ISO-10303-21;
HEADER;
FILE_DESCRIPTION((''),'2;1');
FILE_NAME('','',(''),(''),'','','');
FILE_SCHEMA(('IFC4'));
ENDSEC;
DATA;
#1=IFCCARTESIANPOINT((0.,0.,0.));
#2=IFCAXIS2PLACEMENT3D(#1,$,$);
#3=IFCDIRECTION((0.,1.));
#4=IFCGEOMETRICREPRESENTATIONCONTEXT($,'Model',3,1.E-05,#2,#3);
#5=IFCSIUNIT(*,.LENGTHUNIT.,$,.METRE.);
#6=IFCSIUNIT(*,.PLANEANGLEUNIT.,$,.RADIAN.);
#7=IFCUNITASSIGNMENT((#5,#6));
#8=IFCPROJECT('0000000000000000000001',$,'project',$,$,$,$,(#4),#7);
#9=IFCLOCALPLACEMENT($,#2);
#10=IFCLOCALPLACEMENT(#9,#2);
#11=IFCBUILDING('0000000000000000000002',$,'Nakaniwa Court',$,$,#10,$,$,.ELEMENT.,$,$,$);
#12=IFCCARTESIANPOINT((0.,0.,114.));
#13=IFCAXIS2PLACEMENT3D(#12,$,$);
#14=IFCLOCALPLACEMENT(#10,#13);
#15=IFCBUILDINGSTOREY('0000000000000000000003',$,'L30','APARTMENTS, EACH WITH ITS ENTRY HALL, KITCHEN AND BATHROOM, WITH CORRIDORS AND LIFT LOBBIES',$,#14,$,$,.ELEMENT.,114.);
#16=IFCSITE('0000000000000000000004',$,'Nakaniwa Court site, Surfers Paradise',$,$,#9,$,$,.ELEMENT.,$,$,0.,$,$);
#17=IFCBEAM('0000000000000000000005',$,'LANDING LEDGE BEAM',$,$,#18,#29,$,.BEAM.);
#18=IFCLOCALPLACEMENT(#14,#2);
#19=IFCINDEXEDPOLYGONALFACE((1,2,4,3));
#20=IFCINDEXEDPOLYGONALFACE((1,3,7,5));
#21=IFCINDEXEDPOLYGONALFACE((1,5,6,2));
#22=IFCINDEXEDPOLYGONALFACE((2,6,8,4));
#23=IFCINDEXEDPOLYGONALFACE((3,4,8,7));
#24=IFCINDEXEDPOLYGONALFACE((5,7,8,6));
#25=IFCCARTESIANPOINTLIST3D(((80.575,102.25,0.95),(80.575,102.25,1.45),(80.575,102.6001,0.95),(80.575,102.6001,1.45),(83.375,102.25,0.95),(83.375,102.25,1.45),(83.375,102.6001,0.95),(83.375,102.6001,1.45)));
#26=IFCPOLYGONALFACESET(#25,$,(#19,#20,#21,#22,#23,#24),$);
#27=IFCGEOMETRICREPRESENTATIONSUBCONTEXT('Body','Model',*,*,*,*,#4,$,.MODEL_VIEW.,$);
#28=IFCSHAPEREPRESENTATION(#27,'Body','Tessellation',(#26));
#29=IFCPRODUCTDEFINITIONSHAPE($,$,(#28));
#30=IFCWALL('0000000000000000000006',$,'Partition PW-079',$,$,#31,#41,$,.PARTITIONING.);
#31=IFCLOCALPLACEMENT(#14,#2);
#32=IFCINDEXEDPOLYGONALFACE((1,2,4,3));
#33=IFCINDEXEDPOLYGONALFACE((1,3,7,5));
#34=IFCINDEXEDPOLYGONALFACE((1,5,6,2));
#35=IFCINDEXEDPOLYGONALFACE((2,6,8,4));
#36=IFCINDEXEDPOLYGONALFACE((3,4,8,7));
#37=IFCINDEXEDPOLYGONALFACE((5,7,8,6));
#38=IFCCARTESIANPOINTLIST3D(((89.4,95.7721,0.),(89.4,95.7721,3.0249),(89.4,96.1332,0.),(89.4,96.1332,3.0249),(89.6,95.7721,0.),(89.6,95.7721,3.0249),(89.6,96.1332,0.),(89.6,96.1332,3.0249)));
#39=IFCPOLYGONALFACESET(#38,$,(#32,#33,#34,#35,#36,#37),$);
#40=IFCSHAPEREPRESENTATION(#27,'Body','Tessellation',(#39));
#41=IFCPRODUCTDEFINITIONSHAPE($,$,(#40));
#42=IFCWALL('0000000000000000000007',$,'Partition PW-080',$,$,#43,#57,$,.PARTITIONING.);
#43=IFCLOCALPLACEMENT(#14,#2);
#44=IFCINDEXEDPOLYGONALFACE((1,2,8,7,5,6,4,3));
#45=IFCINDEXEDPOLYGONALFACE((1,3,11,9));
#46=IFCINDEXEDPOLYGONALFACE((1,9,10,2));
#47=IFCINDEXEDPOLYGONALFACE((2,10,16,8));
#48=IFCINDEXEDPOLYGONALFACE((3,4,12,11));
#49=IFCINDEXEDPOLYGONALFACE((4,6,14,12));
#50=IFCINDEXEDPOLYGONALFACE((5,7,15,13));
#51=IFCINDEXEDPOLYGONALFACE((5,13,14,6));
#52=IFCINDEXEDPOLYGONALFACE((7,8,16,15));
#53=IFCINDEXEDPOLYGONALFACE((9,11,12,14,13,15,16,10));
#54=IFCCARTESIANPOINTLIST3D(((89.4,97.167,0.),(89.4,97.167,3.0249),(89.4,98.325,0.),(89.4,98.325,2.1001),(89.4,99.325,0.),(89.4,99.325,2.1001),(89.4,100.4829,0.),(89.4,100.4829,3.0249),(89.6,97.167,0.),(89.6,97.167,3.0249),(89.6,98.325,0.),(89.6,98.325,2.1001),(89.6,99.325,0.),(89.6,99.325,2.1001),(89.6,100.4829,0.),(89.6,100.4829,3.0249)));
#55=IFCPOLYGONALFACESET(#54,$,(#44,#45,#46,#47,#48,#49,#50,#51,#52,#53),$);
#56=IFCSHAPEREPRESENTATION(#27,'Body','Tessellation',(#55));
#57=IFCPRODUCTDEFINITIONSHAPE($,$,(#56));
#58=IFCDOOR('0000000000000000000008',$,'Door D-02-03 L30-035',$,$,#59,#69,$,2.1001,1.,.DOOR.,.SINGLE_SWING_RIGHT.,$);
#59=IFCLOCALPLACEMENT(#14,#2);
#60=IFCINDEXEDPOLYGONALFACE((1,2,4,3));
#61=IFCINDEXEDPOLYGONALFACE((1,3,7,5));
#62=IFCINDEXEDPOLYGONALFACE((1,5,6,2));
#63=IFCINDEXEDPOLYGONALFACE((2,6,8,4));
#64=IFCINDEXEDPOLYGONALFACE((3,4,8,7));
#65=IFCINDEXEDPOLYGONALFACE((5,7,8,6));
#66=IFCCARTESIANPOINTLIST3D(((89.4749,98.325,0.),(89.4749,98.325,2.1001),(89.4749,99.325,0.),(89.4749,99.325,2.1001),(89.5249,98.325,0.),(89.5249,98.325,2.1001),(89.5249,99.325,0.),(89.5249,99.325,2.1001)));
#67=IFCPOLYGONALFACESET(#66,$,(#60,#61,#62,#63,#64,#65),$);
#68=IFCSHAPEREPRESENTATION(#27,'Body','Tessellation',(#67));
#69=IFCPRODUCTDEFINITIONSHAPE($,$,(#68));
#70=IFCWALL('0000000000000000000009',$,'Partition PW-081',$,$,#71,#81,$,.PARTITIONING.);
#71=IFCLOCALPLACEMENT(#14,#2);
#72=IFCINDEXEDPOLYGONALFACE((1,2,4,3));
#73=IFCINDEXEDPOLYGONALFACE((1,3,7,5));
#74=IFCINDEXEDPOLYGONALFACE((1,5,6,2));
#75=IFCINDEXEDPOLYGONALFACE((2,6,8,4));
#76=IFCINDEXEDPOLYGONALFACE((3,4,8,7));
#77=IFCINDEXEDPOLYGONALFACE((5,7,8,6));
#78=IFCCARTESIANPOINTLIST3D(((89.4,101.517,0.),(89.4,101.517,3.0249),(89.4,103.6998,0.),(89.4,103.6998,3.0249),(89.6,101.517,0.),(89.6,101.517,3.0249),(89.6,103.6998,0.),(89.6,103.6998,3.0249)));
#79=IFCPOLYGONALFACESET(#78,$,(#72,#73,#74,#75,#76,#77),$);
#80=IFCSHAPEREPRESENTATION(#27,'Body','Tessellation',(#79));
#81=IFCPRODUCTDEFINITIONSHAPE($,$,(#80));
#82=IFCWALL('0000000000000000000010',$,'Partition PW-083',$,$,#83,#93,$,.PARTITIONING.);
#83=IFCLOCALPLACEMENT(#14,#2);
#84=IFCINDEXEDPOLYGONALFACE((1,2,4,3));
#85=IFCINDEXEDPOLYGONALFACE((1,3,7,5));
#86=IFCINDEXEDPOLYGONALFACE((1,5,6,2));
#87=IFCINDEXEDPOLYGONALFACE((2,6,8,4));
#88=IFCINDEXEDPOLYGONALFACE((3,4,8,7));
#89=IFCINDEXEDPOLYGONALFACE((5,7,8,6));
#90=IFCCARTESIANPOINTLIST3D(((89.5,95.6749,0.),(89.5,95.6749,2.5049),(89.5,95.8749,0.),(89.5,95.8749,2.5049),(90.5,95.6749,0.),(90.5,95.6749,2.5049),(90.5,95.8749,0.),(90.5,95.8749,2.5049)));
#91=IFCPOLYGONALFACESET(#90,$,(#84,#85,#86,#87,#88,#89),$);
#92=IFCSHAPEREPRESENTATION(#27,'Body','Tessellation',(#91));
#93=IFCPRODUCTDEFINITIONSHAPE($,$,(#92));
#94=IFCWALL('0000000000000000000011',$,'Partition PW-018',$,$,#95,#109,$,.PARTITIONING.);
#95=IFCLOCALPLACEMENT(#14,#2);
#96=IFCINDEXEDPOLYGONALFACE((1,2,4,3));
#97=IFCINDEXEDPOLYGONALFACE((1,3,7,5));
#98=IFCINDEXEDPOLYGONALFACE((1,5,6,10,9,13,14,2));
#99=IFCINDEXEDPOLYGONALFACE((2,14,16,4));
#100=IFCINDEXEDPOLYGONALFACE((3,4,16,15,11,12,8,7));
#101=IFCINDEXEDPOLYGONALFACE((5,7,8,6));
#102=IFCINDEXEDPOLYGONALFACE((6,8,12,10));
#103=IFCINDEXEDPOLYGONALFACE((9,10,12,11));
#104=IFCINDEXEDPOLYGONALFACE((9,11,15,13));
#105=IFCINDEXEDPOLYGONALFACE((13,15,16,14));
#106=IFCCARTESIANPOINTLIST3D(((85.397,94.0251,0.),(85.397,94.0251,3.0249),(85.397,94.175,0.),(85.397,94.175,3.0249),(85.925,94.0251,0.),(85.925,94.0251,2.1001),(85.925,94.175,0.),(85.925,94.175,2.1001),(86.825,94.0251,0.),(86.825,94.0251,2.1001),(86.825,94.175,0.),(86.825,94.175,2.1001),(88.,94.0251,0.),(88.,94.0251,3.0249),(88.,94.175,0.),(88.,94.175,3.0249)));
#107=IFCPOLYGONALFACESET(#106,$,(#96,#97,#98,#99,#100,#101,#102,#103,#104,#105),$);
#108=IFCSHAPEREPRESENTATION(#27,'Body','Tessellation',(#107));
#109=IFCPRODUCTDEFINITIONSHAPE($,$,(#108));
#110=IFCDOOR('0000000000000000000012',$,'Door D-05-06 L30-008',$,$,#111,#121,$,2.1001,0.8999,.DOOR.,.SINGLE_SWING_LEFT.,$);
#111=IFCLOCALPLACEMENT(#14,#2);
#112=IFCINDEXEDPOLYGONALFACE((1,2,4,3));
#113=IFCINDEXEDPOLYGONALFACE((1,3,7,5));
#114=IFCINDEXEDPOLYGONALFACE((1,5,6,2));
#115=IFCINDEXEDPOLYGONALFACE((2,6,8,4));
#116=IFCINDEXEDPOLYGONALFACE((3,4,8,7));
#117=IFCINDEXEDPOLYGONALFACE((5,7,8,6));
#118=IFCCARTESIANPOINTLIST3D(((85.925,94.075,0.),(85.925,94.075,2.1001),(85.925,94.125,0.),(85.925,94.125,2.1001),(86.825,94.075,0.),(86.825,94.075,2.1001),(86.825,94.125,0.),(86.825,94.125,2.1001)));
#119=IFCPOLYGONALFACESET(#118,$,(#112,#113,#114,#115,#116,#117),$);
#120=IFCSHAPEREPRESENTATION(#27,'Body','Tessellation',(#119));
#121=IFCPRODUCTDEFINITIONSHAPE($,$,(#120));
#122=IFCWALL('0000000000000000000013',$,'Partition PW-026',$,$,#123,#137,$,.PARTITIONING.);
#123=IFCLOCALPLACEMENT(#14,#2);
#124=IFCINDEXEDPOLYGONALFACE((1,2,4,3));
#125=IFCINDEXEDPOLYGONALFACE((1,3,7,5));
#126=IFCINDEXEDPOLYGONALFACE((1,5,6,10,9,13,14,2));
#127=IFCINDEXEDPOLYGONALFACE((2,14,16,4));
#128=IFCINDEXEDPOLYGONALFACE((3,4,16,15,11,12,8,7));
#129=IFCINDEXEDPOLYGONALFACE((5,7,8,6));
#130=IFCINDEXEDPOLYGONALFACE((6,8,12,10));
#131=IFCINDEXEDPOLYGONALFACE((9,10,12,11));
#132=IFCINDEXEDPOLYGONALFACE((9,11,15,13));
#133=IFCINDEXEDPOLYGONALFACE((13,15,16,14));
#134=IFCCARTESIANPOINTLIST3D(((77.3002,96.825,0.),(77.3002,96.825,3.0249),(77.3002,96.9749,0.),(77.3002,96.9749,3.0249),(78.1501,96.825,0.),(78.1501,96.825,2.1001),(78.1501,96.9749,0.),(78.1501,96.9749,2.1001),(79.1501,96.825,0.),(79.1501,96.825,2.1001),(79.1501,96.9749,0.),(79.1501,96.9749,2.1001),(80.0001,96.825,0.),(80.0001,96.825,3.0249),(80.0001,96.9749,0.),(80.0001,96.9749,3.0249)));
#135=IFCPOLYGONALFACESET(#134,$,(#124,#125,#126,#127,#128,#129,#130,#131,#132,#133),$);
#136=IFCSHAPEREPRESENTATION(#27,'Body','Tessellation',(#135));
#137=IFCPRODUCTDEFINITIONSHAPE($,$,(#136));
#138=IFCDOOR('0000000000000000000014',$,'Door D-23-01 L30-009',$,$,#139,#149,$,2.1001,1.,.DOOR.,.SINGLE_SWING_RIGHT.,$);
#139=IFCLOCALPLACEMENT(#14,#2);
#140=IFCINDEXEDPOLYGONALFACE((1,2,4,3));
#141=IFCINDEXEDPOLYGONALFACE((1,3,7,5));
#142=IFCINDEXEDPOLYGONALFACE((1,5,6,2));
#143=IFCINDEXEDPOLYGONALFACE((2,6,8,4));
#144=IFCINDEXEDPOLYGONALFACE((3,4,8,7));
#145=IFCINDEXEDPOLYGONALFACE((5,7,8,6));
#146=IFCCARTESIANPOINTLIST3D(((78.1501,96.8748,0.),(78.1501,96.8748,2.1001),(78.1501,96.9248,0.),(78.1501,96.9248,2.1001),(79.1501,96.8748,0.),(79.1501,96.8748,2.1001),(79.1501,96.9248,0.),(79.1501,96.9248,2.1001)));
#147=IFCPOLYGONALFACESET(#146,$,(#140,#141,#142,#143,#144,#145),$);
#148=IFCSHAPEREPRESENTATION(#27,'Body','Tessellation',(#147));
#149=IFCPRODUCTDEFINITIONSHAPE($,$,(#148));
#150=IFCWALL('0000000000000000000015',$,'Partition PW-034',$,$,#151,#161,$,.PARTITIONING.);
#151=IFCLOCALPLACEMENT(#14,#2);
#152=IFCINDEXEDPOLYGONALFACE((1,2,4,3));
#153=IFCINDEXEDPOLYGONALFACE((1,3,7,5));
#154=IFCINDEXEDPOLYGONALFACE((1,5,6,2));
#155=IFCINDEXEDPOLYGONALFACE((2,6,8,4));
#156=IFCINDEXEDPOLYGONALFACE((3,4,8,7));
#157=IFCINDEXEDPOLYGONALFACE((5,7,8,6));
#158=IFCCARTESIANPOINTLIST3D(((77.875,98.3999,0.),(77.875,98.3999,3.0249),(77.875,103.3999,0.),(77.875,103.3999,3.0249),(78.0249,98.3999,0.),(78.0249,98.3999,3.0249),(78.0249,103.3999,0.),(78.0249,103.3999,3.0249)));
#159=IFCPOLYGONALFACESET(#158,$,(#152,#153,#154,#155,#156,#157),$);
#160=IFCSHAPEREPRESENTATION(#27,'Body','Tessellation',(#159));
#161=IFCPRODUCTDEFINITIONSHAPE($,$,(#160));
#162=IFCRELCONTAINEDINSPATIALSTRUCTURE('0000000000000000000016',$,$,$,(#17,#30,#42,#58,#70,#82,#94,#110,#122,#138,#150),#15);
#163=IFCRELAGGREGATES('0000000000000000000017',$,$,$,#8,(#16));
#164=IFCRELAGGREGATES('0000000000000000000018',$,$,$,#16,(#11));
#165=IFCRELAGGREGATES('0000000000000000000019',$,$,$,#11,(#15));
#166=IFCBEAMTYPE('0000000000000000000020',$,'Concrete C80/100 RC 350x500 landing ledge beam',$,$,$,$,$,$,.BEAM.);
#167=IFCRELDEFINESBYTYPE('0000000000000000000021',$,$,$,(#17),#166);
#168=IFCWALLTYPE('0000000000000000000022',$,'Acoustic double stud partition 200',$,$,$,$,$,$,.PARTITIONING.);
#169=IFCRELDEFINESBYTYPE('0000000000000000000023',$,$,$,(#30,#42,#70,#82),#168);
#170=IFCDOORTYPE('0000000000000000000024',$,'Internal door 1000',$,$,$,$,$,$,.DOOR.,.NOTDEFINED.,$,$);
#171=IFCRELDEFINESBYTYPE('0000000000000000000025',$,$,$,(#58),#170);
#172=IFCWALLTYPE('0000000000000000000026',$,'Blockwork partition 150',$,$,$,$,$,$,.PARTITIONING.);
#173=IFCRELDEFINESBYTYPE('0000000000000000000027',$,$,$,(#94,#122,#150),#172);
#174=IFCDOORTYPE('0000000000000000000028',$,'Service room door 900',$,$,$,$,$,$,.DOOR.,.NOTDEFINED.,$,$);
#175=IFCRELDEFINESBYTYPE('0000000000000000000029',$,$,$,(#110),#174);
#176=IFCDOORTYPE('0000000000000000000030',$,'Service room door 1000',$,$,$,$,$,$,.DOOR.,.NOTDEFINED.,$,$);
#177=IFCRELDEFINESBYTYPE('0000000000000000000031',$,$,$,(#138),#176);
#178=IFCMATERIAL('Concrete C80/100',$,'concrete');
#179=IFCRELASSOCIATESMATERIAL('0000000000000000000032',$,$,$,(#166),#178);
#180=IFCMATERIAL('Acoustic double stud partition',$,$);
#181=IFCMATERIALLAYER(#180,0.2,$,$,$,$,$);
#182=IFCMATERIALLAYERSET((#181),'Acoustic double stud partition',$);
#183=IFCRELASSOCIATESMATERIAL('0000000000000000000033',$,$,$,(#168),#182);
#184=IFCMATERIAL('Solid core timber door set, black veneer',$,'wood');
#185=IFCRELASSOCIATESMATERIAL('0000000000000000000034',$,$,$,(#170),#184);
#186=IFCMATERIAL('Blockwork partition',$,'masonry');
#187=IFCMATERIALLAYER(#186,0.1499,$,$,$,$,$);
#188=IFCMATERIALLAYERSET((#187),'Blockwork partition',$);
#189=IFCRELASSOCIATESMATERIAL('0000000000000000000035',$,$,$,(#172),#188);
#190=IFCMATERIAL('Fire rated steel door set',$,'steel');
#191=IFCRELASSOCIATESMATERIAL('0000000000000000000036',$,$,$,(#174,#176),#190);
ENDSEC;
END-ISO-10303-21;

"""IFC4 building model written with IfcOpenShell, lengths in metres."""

from ifc_helpers import new_model, si_unit, direction, frame, frame_2d, origin, origin_2d, place, context, subcontext, project, spatial, rectangle, extrude, material, layer, layer_set, material_profile, profile_set, type_object, element, fill, save


model = new_model("IFC4")

# Units and contexts
model_context = context("Model", 3, precision=1e-05, world=origin(), true_north=direction((0.0, 1.0)))
body_context = subcontext(model_context, "Body", "Model", "MODEL_VIEW")
ifc_project = project(units=[si_unit("LENGTHUNIT", "METRE"), si_unit("PLANEANGLEUNIT", "RADIAN")], contexts=[model_context])

# Site, building, storey
site_placement = place(None, origin())
site = spatial("IfcSite", under=ifc_project, at=site_placement, Name="Nakaniwa Court site, Surfers Paradise", CompositionType="ELEMENT", RefElevation=0.0)
building_placement = place(site_placement, origin())
building = spatial("IfcBuilding", under=site, at=building_placement, Name="Nakaniwa Court", CompositionType="ELEMENT")
storey_placement = place(building_placement, frame((0.0, 0.0, 114.0)))
storey = spatial("IfcBuildingStorey", under=building, at=storey_placement, Name="L30", Description="APARTMENTS, EACH WITH ITS ENTRY HALL, KITCHEN AND BATHROOM, WITH CORRIDORS AND LIFT LOBBIES", CompositionType="ELEMENT", Elevation=114.0)

# Beam
ifc_material_1 = material(Name="Concrete C80/100", Category="concrete")
ifc_material_profile = material_profile(ifc_material_1, rectangle(XDim=0.3501, YDim=0.5, at=origin_2d()), Name="Concrete C80/100 RC 350x500 landing ledge beam")
ifc_profile_set = profile_set([ifc_material_profile], Name="Concrete C80/100")
beam_type = type_object("IfcBeamType", Name="Concrete C80/100 RC 350x500 landing ledge beam", PredefinedType="BEAM", material=ifc_profile_set)
beam_placement = place(storey_placement, frame((80.575, 102.425, 1.2), z_axis=(1.0, 0.0, 0.0), x_axis=(0.0, 1.0, 0.0)))
element("IfcBeam", 1, at=beam_placement, inside=storey, type_object=beam_type, Name="LANDING LEDGE BEAM", PredefinedType="BEAM", context=body_context, shape_type="SweptSolid", body=[
    extrude(rectangle(XDim=0.3501, YDim=0.5, at=origin_2d()), origin(), (0.0, 0.0, 1.0), 2.8),
])

# Wall
ifc_material_2 = material(Name="Acoustic double stud partition")
ifc_layer_1 = layer(ifc_material_2, 0.2)
ifc_layer_set_1 = layer_set([ifc_layer_1], Name="Acoustic double stud partition")
wall_type_1 = type_object("IfcWallType", Name="Acoustic double stud partition 200", PredefinedType="PARTITIONING", material=ifc_layer_set_1)
wall_1_placement = place(storey_placement, frame((89.5, 95.772, 0.0), z_axis=(0.0, 0.0, 1.0), x_axis=(0.0, 1.0, 0.0)))
element("IfcWall", 2, at=wall_1_placement, inside=storey, type_object=wall_type_1, Name="Partition PW-079", PredefinedType="PARTITIONING", context=body_context, shape_type="SweptSolid", body=[
    extrude(rectangle(XDim=0.3611, YDim=0.2, at=frame_2d((0.1807, 0.0))), origin(), (0.0, 0.0, 1.0), 3.0249),
])

# Wall, opening, door
wall_2_placement = place(storey_placement, frame((89.5, 100.4829, 0.0), z_axis=(0.0, 0.0, 1.0), x_axis=(0.0, -1.0, 0.0)))
wall_2 = element("IfcWall", 3, at=wall_2_placement, inside=storey, type_object=wall_type_1, Name="Partition PW-080", PredefinedType="PARTITIONING", context=body_context, shape_type="SweptSolid", body=[
    extrude(rectangle(XDim=3.3159, YDim=0.2, at=frame_2d((1.658, 0.0))), origin(), (0.0, 0.0, 1.0), 3.0249),
])
opening_1_placement = place(wall_2_placement, frame((1.158, 0.0, 0.0)))
opening_1 = element("IfcOpeningElement", 4, at=opening_1_placement, cuts=wall_2, PredefinedType="OPENING", context=body_context, shape_type="SweptSolid", body=[
    extrude(rectangle(XDim=1.0, YDim=2.1001, at=frame_2d((0.5, 1.05))), frame((0.0, 0.1099, 0.0), z_axis=(0.0, -1.0, 0.0), x_axis=(1.0, 0.0, 0.0)), (0.0, 0.0, 1.0), 0.22),
])
ifc_material_3 = material(Name="Solid core timber door set, black veneer", Category="wood")
door_type_1 = type_object("IfcDoorType", Name="Internal door 1000", OperationType="NOTDEFINED", PredefinedType="DOOR", material=ifc_material_3)
door_1_placement = place(opening_1_placement, origin())
door_1 = element("IfcDoor", 5, at=door_1_placement, inside=storey, type_object=door_type_1, Name="Door D-02-03 L30-035", OperationType="SINGLE_SWING_RIGHT", OverallHeight=2.1001, OverallWidth=1.0, PredefinedType="DOOR", context=body_context, shape_type="SweptSolid", body=[
    extrude(rectangle(XDim=1.0, YDim=2.1001, at=frame_2d((0.5, 1.05))), frame((0.0, 0.0249, 0.0), z_axis=(0.0, -1.0, 0.0), x_axis=(1.0, 0.0, 0.0)), (0.0, 0.0, 1.0), 0.05),
])
fill(opening_1, door_1)

# Walls
wall_3_placement = place(storey_placement, frame((89.5, 101.5171, 0.0), z_axis=(0.0, 0.0, 1.0), x_axis=(0.0, 1.0, 0.0)))
element("IfcWall", 6, at=wall_3_placement, inside=storey, type_object=wall_type_1, Name="Partition PW-081", PredefinedType="PARTITIONING", context=body_context, shape_type="SweptSolid", body=[
    extrude(rectangle(XDim=2.1829, YDim=0.2, at=frame_2d((1.0913, 0.0))), origin(), (0.0, 0.0, 1.0), 3.0249),
])
wall_4_placement = place(storey_placement, frame((89.5, 95.7749, 0.0), z_axis=(0.0, 0.0, 1.0), x_axis=(1.0, 0.0, 0.0)))
element("IfcWall", 7, at=wall_4_placement, inside=storey, type_object=wall_type_1, Name="Partition PW-083", PredefinedType="PARTITIONING", context=body_context, shape_type="SweptSolid", body=[
    extrude(rectangle(XDim=1.0, YDim=0.2, at=frame_2d((0.5, 0.0))), origin(), (0.0, 0.0, 1.0), 2.5049),
])

# Walls, openings, doors
ifc_material_4 = material(Name="Blockwork partition", Category="masonry")
ifc_layer_2 = layer(ifc_material_4, 0.1499)
ifc_layer_set_2 = layer_set([ifc_layer_2], Name="Blockwork partition")
wall_type_2 = type_object("IfcWallType", Name="Blockwork partition 150", PredefinedType="PARTITIONING", material=ifc_layer_set_2)
wall_5_placement = place(storey_placement, frame((85.397, 94.1001, 0.0), z_axis=(0.0, 0.0, 1.0), x_axis=(1.0, 0.0, 0.0)))
wall_5 = element("IfcWall", 8, at=wall_5_placement, inside=storey, type_object=wall_type_2, Name="Partition PW-018", PredefinedType="PARTITIONING", context=body_context, shape_type="SweptSolid", body=[
    extrude(rectangle(XDim=2.603, YDim=0.1499, at=frame_2d((1.3015, 0.0))), origin(), (0.0, 0.0, 1.0), 3.0249),
])
opening_2_placement = place(wall_5_placement, frame((0.5281, 0.0, 0.0)))
opening_2 = element("IfcOpeningElement", 9, at=opening_2_placement, cuts=wall_5, PredefinedType="OPENING", context=body_context, shape_type="SweptSolid", body=[
    extrude(rectangle(XDim=0.8999, YDim=2.1001, at=frame_2d((0.45, 1.05))), frame((0.0, 0.085, 0.0), z_axis=(0.0, -1.0, 0.0), x_axis=(1.0, 0.0, 0.0)), (0.0, 0.0, 1.0), 0.1699),
])
ifc_material_5 = material(Name="Fire rated steel door set", Category="steel")
door_type_2 = type_object("IfcDoorType", Name="Service room door 900", OperationType="NOTDEFINED", PredefinedType="DOOR", material=ifc_material_5)
door_2_placement = place(opening_2_placement, origin())
door_2 = element("IfcDoor", 10, at=door_2_placement, inside=storey, type_object=door_type_2, Name="Door D-05-06 L30-008", OperationType="SINGLE_SWING_LEFT", OverallHeight=2.1001, OverallWidth=0.8999, PredefinedType="DOOR", context=body_context, shape_type="SweptSolid", body=[
    extrude(rectangle(XDim=0.8999, YDim=2.1001, at=frame_2d((0.45, 1.05))), frame((0.0, 0.0249, 0.0), z_axis=(0.0, -1.0, 0.0), x_axis=(1.0, 0.0, 0.0)), (0.0, 0.0, 1.0), 0.05),
])
fill(opening_2, door_2)
wall_6_placement = place(storey_placement, frame((77.3, 96.8999, 0.0), z_axis=(0.0, 0.0, 1.0), x_axis=(1.0, 0.0, 0.0)))
wall_6 = element("IfcWall", 11, at=wall_6_placement, inside=storey, type_object=wall_type_2, Name="Partition PW-026", PredefinedType="PARTITIONING", context=body_context, shape_type="SweptSolid", body=[
    extrude(rectangle(XDim=2.7, YDim=0.1499, at=frame_2d((1.3501, 0.0))), origin(), (0.0, 0.0, 1.0), 3.0249),
])
opening_3_placement = place(wall_6_placement, frame((0.8501, 0.0, 0.0)))
opening_3 = element("IfcOpeningElement", 12, at=opening_3_placement, cuts=wall_6, PredefinedType="OPENING", context=body_context, shape_type="SweptSolid", body=[
    extrude(rectangle(XDim=1.0, YDim=2.1001, at=frame_2d((0.5, 1.05))), frame((0.0, 0.085, 0.0), z_axis=(0.0, -1.0, 0.0), x_axis=(1.0, 0.0, 0.0)), (0.0, 0.0, 1.0), 0.1699),
])
door_type_3 = type_object("IfcDoorType", Name="Service room door 1000", OperationType="NOTDEFINED", PredefinedType="DOOR", material=ifc_material_5)
door_3_placement = place(opening_3_placement, origin())
door_3 = element("IfcDoor", 13, at=door_3_placement, inside=storey, type_object=door_type_3, Name="Door D-23-01 L30-009", OperationType="SINGLE_SWING_RIGHT", OverallHeight=2.1001, OverallWidth=1.0, PredefinedType="DOOR", context=body_context, shape_type="SweptSolid", body=[
    extrude(rectangle(XDim=1.0, YDim=2.1001, at=frame_2d((0.5, 1.05))), frame((0.0, 0.0249, 0.0), z_axis=(0.0, -1.0, 0.0), x_axis=(1.0, 0.0, 0.0)), (0.0, 0.0, 1.0), 0.05),
])
fill(opening_3, door_3)

# Wall
wall_7_placement = place(storey_placement, frame((77.95, 98.3999, 0.0), z_axis=(0.0, 0.0, 1.0), x_axis=(0.0, 1.0, 0.0)))
element("IfcWall", 14, at=wall_7_placement, inside=storey, type_object=wall_type_2, Name="Partition PW-034", PredefinedType="PARTITIONING", context=body_context, shape_type="SweptSolid", body=[
    extrude(rectangle(XDim=5.0, YDim=0.1499, at=frame_2d((2.5, 0.0))), origin(), (0.0, 0.0, 1.0), 3.0249),
])

save(model, "model.ifc")
